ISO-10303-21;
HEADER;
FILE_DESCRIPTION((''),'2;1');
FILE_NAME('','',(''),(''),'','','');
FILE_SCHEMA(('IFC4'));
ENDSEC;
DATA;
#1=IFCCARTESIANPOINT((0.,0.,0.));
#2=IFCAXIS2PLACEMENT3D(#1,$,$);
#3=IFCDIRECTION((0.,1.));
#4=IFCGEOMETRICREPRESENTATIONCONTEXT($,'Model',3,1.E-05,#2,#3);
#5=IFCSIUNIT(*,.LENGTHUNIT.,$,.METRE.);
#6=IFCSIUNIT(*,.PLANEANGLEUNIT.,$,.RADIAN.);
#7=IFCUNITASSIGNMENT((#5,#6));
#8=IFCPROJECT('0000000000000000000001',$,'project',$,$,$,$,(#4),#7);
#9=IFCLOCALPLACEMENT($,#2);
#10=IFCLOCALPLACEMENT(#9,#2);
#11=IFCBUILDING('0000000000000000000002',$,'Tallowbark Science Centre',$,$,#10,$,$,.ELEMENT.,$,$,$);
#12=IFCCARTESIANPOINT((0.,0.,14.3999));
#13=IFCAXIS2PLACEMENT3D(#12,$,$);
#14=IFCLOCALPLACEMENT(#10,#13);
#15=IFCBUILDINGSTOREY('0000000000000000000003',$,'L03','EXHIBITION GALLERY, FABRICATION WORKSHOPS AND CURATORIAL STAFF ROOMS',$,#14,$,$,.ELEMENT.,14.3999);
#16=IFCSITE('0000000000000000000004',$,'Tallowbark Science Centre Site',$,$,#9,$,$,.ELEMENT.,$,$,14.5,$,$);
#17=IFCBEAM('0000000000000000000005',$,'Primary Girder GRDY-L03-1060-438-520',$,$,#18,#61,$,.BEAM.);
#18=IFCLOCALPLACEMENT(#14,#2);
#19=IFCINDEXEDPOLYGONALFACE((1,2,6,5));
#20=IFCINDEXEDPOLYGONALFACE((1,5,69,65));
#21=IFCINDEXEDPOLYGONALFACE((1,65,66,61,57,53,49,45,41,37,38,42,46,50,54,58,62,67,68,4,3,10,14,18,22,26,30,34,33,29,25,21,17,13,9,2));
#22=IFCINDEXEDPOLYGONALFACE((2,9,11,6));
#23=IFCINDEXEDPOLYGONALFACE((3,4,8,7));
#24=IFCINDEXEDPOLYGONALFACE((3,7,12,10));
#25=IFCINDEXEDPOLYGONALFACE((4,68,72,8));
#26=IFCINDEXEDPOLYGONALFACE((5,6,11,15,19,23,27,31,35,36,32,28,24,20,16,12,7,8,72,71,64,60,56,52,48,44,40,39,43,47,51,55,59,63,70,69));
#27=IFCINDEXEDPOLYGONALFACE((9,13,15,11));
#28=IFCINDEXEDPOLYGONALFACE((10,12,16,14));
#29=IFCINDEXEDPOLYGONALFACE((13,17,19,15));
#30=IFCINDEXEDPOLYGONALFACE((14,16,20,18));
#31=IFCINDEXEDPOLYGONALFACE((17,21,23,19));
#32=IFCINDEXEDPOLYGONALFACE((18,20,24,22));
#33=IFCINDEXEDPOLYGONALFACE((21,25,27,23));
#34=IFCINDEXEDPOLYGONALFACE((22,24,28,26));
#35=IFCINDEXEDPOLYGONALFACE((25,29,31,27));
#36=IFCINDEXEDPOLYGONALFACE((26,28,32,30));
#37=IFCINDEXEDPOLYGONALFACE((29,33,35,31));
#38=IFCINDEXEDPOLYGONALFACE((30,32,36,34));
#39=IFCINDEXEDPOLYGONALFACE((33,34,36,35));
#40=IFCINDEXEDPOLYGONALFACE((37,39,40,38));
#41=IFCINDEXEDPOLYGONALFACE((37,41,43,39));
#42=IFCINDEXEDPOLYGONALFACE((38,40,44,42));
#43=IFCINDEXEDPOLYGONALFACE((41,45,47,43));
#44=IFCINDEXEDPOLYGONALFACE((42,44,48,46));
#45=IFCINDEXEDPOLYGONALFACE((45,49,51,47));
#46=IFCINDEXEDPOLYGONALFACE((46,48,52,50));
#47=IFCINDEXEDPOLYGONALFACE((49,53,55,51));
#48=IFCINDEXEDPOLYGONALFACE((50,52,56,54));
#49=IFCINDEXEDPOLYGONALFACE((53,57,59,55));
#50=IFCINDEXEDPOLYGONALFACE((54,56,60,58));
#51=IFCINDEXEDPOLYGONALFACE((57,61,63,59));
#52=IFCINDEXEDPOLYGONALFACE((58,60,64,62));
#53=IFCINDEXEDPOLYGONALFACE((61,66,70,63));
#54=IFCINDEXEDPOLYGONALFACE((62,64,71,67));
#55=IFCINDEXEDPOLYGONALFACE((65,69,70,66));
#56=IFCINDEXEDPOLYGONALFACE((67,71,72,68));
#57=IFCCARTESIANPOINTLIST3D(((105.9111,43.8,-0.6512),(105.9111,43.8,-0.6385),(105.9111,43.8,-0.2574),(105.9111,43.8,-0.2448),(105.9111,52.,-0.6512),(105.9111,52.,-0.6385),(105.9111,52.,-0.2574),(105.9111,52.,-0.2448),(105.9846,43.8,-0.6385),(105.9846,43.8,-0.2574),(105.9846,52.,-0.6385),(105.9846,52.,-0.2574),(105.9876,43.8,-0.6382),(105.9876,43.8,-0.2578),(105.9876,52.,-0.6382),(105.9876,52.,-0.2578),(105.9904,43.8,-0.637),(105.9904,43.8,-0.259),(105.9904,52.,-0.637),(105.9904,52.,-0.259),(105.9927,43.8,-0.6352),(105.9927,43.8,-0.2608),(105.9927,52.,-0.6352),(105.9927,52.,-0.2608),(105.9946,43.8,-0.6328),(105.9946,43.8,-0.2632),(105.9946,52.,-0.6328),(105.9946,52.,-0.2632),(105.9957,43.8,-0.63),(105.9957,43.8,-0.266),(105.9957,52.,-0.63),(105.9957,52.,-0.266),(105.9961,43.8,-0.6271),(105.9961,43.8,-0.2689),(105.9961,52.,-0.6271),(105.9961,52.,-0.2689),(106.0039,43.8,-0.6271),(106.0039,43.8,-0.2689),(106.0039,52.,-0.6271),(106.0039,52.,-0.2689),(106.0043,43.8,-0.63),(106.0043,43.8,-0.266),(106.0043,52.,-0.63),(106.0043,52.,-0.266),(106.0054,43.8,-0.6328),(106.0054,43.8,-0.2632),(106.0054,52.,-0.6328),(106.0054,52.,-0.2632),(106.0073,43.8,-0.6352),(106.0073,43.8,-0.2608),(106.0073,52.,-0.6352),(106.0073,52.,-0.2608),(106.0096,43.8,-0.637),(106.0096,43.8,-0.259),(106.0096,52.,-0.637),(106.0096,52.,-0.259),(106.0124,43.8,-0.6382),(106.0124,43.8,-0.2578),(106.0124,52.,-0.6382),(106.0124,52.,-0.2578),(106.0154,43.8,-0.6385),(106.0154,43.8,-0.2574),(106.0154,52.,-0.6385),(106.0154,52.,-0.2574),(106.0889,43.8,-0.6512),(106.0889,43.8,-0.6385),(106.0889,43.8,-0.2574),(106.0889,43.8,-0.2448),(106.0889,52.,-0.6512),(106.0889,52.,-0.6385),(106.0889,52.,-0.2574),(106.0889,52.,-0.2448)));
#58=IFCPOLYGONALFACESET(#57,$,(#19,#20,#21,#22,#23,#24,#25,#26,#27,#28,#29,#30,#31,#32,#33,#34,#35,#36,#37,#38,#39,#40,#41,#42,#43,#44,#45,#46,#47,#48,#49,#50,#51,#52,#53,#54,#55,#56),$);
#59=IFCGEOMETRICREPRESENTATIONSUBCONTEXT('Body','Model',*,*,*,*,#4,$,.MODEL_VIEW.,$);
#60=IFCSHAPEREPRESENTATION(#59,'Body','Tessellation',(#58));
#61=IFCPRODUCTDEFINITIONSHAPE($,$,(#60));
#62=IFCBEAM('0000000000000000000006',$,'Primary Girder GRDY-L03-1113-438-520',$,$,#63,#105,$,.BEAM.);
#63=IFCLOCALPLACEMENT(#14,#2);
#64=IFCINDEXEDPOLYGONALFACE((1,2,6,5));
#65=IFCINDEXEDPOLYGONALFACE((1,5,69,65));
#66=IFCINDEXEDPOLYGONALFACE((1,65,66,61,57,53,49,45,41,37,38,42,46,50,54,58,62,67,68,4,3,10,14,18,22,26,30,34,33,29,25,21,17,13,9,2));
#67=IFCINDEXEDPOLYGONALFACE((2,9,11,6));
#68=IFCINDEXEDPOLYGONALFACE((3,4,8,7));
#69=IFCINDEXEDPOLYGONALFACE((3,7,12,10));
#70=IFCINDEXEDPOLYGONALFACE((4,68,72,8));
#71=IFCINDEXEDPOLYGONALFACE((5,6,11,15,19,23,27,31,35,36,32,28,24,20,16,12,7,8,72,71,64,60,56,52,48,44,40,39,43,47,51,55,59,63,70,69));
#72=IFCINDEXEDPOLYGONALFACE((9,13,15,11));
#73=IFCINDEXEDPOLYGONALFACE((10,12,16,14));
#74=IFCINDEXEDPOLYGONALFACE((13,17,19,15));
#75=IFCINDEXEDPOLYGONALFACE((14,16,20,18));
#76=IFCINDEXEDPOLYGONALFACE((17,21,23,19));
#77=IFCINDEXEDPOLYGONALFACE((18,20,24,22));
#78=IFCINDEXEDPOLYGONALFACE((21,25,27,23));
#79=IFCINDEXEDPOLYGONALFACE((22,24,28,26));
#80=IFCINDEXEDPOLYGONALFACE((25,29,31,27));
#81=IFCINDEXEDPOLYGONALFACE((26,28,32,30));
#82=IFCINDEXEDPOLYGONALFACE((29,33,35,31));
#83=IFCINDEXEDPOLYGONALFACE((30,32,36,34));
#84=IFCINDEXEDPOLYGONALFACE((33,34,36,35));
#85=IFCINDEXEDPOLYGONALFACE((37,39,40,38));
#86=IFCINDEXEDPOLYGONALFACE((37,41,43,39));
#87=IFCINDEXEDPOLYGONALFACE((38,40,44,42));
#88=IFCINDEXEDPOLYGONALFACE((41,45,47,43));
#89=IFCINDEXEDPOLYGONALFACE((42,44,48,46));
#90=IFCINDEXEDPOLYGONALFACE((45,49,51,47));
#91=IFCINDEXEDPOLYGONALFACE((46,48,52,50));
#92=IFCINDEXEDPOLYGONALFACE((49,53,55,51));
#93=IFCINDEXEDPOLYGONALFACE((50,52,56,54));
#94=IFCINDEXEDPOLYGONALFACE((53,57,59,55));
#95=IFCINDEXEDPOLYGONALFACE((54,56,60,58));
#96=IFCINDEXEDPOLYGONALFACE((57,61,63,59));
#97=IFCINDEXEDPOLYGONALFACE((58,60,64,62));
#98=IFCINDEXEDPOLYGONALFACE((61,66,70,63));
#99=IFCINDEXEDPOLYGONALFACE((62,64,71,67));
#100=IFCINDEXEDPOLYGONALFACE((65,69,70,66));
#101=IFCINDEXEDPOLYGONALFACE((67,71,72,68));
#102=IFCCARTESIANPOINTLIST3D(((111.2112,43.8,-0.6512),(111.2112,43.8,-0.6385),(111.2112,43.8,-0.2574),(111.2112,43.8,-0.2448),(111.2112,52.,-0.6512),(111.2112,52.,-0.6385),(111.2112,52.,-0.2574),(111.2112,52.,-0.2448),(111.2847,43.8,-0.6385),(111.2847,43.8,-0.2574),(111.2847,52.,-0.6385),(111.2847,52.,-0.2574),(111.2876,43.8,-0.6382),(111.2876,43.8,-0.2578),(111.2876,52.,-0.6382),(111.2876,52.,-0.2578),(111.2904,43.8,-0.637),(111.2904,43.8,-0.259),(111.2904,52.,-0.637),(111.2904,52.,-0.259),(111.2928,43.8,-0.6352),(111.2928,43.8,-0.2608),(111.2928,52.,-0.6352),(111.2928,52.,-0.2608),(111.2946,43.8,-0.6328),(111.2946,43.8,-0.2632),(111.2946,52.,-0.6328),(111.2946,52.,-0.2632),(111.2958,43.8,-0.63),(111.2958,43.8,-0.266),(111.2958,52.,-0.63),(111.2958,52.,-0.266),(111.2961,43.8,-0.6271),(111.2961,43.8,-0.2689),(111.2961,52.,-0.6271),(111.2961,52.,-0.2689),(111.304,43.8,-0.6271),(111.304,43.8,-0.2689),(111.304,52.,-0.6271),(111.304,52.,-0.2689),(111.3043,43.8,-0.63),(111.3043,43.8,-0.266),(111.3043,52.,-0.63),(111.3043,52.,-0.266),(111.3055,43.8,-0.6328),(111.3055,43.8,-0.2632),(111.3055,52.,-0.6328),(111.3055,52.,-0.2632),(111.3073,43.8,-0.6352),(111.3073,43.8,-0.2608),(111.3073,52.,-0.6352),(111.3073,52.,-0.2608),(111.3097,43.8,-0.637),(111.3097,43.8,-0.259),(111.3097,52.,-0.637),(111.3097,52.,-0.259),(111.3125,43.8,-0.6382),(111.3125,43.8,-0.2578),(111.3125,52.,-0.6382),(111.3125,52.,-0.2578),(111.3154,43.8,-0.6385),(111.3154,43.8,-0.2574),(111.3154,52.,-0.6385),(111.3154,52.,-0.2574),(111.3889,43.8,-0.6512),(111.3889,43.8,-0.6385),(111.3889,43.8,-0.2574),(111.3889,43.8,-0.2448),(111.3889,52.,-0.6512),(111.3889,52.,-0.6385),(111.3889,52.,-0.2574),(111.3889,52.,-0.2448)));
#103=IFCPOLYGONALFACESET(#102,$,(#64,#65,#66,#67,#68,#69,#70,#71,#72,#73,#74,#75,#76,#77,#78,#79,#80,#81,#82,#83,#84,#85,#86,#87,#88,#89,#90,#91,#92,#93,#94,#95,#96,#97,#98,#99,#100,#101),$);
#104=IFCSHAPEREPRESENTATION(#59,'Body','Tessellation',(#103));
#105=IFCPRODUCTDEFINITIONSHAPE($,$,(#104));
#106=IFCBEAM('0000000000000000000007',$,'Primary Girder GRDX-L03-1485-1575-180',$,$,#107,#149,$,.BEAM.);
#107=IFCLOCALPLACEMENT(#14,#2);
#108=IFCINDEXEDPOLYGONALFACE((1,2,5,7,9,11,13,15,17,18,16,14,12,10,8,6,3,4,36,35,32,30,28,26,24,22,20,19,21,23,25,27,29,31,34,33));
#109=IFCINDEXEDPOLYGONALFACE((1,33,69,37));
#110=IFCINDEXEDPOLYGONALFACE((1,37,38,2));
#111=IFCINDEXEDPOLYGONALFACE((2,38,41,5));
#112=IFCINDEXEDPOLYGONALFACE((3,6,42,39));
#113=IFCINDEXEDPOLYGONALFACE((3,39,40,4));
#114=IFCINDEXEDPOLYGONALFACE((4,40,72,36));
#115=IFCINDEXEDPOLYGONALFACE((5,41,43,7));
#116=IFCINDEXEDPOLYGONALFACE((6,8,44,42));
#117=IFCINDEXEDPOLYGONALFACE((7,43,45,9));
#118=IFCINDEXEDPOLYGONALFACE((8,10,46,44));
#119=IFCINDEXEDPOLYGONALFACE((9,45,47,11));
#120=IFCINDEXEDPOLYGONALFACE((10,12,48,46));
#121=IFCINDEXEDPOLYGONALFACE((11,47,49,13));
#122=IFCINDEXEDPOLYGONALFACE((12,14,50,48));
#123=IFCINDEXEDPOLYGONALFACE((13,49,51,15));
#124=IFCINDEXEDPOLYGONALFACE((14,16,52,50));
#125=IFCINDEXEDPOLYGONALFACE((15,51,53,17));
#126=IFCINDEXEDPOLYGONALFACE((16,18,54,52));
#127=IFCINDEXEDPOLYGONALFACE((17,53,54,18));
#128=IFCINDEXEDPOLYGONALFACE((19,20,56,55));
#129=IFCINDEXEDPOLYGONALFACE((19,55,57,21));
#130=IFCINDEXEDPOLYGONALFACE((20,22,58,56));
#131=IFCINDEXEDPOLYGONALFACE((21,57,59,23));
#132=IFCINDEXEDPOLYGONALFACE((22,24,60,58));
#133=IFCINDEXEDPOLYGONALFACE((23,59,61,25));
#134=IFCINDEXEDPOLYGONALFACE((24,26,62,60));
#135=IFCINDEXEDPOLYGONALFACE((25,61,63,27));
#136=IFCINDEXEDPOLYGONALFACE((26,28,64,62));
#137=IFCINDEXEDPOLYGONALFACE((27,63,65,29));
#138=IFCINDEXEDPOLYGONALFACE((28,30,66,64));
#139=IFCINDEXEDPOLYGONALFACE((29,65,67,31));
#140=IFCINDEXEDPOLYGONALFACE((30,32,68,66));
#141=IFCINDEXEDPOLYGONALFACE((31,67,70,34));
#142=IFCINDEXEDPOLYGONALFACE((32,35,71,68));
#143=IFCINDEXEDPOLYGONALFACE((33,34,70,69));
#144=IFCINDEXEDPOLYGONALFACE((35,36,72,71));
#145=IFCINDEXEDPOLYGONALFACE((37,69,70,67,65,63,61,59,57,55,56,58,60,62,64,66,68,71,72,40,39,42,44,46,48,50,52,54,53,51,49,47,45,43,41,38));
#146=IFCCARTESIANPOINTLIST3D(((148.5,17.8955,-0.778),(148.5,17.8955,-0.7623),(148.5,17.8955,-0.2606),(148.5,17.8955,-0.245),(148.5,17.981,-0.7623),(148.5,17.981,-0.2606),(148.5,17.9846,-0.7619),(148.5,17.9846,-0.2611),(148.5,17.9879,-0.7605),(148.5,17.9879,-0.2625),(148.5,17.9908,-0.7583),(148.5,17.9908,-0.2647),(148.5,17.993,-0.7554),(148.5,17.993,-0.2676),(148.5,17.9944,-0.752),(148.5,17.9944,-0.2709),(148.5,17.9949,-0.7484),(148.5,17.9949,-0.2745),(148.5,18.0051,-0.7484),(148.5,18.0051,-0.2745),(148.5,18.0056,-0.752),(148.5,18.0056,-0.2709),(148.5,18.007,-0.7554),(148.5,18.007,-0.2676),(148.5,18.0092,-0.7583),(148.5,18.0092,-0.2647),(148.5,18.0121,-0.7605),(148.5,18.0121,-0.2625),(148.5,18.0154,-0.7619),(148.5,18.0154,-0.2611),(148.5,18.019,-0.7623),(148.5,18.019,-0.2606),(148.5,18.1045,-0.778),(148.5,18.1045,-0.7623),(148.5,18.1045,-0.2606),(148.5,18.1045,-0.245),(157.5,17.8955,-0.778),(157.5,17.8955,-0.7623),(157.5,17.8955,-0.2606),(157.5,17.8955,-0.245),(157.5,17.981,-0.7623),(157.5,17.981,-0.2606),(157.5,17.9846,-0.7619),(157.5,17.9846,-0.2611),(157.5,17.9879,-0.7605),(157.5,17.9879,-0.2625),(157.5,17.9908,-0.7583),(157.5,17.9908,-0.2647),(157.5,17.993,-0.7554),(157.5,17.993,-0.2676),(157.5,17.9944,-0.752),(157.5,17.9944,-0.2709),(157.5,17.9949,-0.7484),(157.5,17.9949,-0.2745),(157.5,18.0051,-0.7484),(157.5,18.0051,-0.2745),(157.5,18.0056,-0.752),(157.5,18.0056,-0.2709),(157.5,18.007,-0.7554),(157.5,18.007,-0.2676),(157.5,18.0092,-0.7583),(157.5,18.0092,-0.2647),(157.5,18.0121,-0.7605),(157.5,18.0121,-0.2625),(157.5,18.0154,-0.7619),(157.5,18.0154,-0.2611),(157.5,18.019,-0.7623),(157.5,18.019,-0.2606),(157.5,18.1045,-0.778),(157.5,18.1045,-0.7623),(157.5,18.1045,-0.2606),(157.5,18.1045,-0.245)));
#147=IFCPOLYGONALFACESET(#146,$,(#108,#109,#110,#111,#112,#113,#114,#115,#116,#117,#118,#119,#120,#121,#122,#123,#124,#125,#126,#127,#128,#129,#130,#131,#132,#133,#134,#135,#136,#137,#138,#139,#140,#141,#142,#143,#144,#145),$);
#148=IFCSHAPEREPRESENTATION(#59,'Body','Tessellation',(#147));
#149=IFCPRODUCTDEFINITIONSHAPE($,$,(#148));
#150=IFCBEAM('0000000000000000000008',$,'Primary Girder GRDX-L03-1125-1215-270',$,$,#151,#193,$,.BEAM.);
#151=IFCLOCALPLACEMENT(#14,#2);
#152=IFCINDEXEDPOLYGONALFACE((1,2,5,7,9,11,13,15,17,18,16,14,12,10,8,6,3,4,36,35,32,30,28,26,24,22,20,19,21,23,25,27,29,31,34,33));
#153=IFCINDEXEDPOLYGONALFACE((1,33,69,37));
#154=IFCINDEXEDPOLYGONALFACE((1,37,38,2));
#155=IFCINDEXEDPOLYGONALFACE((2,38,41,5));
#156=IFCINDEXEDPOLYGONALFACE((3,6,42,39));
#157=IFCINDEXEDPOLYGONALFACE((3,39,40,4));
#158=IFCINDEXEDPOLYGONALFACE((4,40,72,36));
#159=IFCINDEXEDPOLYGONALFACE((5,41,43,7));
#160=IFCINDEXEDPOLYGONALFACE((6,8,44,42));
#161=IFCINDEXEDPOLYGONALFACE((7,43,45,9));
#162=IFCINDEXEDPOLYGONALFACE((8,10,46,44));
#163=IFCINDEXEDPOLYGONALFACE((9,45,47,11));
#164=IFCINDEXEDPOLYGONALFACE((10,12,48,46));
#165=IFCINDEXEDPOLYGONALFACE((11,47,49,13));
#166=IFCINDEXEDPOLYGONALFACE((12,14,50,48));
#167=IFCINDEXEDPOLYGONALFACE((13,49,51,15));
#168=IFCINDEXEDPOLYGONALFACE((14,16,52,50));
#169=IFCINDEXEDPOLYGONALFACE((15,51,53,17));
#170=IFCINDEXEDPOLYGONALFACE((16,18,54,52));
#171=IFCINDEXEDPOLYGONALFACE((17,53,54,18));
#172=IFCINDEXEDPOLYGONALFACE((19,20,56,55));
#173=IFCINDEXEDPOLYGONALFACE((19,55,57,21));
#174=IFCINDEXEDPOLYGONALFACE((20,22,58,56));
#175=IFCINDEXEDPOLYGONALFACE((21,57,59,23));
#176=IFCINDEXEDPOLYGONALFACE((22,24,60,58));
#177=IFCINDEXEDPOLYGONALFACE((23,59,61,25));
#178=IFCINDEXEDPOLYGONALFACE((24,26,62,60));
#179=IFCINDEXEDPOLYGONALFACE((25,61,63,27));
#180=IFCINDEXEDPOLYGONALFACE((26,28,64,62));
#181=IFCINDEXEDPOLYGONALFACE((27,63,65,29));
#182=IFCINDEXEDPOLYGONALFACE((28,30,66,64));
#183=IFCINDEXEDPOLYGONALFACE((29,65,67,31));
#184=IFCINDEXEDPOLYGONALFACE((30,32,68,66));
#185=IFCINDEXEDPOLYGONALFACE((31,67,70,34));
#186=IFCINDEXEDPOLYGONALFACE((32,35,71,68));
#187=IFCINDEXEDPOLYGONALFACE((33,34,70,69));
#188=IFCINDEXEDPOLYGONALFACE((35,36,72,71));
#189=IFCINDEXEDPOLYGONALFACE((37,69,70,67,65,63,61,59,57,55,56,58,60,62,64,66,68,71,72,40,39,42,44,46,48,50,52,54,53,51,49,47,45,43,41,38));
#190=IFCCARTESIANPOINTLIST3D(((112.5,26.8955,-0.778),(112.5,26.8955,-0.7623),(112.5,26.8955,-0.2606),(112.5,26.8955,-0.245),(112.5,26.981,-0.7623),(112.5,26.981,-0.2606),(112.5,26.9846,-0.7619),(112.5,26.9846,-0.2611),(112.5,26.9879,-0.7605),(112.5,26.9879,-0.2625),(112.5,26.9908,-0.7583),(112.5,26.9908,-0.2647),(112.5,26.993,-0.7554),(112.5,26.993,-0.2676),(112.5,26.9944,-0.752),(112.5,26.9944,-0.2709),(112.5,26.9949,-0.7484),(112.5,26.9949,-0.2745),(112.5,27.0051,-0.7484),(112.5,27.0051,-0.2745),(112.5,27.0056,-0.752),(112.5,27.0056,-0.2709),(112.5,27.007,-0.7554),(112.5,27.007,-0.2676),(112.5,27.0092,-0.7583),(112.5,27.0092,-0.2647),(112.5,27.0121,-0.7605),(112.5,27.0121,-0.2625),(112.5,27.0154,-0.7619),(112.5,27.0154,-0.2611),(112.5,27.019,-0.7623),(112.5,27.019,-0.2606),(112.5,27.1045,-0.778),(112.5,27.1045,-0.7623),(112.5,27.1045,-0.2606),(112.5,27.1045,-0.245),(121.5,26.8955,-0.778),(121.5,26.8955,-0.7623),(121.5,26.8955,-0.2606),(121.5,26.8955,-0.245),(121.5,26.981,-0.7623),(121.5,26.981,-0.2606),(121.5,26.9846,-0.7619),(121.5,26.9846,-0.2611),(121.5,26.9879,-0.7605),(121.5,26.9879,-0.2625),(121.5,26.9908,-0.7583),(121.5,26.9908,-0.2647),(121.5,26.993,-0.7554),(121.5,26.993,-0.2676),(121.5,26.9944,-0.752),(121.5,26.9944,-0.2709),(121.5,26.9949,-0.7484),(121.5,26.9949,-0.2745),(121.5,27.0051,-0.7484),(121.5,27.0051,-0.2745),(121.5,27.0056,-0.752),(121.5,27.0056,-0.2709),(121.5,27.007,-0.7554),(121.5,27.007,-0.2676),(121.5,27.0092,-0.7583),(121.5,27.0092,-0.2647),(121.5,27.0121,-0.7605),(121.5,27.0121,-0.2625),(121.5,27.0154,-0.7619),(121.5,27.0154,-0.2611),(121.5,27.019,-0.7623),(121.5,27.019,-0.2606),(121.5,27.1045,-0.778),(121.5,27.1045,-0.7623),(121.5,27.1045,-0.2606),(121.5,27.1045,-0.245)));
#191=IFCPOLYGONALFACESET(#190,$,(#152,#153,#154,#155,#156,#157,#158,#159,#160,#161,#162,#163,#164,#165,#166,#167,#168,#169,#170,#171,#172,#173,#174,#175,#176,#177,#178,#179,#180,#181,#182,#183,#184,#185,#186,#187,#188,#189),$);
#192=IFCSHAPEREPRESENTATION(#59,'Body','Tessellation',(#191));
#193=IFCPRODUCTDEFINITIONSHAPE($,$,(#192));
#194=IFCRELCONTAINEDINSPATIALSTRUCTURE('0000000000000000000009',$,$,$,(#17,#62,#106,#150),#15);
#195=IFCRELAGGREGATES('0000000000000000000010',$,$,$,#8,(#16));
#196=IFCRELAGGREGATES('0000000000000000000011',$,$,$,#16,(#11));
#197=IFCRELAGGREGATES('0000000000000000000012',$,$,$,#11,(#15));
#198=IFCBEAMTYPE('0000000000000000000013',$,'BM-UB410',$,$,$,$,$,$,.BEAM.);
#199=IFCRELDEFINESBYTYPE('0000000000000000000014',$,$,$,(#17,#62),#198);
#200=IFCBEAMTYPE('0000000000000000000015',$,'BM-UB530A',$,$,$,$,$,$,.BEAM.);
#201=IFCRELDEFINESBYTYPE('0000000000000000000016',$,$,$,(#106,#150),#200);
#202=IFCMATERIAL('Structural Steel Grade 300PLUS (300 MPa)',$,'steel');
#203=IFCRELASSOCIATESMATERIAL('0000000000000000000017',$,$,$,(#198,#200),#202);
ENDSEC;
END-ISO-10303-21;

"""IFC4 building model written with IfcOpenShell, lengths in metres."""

from ifc_helpers import new_model, si_unit, direction, frame, origin, origin_2d, place, context, subcontext, project, spatial, i_section, extrude, material, material_profile, profile_set, type_object, element, save


model = new_model("IFC4")

# Units and contexts
model_context = context("Model", 3, precision=1e-05, world=origin(), true_north=direction((0.0, 1.0)))
body_context = subcontext(model_context, "Body", "Model", "MODEL_VIEW")
ifc_project = project(units=[si_unit("LENGTHUNIT", "METRE"), si_unit("PLANEANGLEUNIT", "RADIAN")], contexts=[model_context])

# Site, building, storey
site_placement = place(None, origin())
site = spatial("IfcSite", under=ifc_project, at=site_placement, Name="Tallowbark Science Centre Site", CompositionType="ELEMENT", RefElevation=14.5)
building_placement = place(site_placement, origin())
building = spatial("IfcBuilding", under=site, at=building_placement, Name="Tallowbark Science Centre", CompositionType="ELEMENT")
storey_placement = place(building_placement, frame((0.0, 0.0, 14.3999)))
storey = spatial("IfcBuildingStorey", under=building, at=storey_placement, Name="L03", Description="EXHIBITION GALLERY, FABRICATION WORKSHOPS AND CURATORIAL STAFF ROOMS", CompositionType="ELEMENT", Elevation=14.3999)

# Beams
ifc_material_1 = material(Name="Structural Steel Grade 300PLUS (300 MPa)", Category="steel")
ifc_material_profile_1 = material_profile(ifc_material_1, i_section(OverallWidth=0.1777, OverallDepth=0.4065, WebThickness=0.0078, FlangeThickness=0.0127, FilletRadius=0.0115, at=origin_2d()), Name="410UB59.7")
ifc_profile_set_1 = profile_set([ifc_material_profile_1], Name="Structural Steel Grade 300PLUS (300 MPa)")
beam_type_1 = type_object("IfcBeamType", Name="BM-UB410", PredefinedType="BEAM", material=ifc_profile_set_1)
for number, where, z_axis, x_axis, name in (
    (1, (106.0, 43.8, -0.448), (0.0, 1.0, 0.0), (-1.0, 0.0, 0.0), "Primary Girder GRDY-L03-1060-438-520"),
    (2, (111.3, 43.8, -0.448), (0.0, 1.0, 0.0), (-1.0, 0.0, 0.0), "Primary Girder GRDY-L03-1113-438-520"),
):
    element("IfcBeam", number, at=place(storey_placement, frame(where, z_axis=z_axis, x_axis=x_axis)), inside=storey, type_object=beam_type_1, Name=name, PredefinedType="BEAM", context=body_context, shape_type="SweptSolid", body=[
        extrude(i_section(OverallWidth=0.1777, OverallDepth=0.4065, WebThickness=0.0078, FlangeThickness=0.0127, FilletRadius=0.0115, at=origin_2d()), origin(), (0.0, 0.0, 1.0), 8.2),
    ])
ifc_material_profile_2 = material_profile(ifc_material_1, i_section(OverallWidth=0.209, OverallDepth=0.533, WebThickness=0.0103, FlangeThickness=0.0156, FilletRadius=0.0139, at=origin_2d()), Name="530UB92.4")
ifc_profile_set_2 = profile_set([ifc_material_profile_2], Name="Structural Steel Grade 300PLUS (300 MPa)")
beam_type_2 = type_object("IfcBeamType", Name="BM-UB530A", PredefinedType="BEAM", material=ifc_profile_set_2)
for number, where, z_axis, x_axis, name in (
    (3, (148.5, 18.0, -0.5115), (1.0, 0.0, 0.0), (0.0, 1.0, 0.0), "Primary Girder GRDX-L03-1485-1575-180"),
    (4, (112.5, 27.0, -0.5115), (1.0, 0.0, 0.0), (0.0, 1.0, 0.0), "Primary Girder GRDX-L03-1125-1215-270"),
):
    element("IfcBeam", number, at=place(storey_placement, frame(where, z_axis=z_axis, x_axis=x_axis)), inside=storey, type_object=beam_type_2, Name=name, PredefinedType="BEAM", context=body_context, shape_type="SweptSolid", body=[
        extrude(i_section(OverallWidth=0.209, OverallDepth=0.533, WebThickness=0.0103, FlangeThickness=0.0156, FilletRadius=0.0139, at=origin_2d()), origin(), (0.0, 0.0, 1.0), 9.0),
    ])

save(model, "model.ifc")
